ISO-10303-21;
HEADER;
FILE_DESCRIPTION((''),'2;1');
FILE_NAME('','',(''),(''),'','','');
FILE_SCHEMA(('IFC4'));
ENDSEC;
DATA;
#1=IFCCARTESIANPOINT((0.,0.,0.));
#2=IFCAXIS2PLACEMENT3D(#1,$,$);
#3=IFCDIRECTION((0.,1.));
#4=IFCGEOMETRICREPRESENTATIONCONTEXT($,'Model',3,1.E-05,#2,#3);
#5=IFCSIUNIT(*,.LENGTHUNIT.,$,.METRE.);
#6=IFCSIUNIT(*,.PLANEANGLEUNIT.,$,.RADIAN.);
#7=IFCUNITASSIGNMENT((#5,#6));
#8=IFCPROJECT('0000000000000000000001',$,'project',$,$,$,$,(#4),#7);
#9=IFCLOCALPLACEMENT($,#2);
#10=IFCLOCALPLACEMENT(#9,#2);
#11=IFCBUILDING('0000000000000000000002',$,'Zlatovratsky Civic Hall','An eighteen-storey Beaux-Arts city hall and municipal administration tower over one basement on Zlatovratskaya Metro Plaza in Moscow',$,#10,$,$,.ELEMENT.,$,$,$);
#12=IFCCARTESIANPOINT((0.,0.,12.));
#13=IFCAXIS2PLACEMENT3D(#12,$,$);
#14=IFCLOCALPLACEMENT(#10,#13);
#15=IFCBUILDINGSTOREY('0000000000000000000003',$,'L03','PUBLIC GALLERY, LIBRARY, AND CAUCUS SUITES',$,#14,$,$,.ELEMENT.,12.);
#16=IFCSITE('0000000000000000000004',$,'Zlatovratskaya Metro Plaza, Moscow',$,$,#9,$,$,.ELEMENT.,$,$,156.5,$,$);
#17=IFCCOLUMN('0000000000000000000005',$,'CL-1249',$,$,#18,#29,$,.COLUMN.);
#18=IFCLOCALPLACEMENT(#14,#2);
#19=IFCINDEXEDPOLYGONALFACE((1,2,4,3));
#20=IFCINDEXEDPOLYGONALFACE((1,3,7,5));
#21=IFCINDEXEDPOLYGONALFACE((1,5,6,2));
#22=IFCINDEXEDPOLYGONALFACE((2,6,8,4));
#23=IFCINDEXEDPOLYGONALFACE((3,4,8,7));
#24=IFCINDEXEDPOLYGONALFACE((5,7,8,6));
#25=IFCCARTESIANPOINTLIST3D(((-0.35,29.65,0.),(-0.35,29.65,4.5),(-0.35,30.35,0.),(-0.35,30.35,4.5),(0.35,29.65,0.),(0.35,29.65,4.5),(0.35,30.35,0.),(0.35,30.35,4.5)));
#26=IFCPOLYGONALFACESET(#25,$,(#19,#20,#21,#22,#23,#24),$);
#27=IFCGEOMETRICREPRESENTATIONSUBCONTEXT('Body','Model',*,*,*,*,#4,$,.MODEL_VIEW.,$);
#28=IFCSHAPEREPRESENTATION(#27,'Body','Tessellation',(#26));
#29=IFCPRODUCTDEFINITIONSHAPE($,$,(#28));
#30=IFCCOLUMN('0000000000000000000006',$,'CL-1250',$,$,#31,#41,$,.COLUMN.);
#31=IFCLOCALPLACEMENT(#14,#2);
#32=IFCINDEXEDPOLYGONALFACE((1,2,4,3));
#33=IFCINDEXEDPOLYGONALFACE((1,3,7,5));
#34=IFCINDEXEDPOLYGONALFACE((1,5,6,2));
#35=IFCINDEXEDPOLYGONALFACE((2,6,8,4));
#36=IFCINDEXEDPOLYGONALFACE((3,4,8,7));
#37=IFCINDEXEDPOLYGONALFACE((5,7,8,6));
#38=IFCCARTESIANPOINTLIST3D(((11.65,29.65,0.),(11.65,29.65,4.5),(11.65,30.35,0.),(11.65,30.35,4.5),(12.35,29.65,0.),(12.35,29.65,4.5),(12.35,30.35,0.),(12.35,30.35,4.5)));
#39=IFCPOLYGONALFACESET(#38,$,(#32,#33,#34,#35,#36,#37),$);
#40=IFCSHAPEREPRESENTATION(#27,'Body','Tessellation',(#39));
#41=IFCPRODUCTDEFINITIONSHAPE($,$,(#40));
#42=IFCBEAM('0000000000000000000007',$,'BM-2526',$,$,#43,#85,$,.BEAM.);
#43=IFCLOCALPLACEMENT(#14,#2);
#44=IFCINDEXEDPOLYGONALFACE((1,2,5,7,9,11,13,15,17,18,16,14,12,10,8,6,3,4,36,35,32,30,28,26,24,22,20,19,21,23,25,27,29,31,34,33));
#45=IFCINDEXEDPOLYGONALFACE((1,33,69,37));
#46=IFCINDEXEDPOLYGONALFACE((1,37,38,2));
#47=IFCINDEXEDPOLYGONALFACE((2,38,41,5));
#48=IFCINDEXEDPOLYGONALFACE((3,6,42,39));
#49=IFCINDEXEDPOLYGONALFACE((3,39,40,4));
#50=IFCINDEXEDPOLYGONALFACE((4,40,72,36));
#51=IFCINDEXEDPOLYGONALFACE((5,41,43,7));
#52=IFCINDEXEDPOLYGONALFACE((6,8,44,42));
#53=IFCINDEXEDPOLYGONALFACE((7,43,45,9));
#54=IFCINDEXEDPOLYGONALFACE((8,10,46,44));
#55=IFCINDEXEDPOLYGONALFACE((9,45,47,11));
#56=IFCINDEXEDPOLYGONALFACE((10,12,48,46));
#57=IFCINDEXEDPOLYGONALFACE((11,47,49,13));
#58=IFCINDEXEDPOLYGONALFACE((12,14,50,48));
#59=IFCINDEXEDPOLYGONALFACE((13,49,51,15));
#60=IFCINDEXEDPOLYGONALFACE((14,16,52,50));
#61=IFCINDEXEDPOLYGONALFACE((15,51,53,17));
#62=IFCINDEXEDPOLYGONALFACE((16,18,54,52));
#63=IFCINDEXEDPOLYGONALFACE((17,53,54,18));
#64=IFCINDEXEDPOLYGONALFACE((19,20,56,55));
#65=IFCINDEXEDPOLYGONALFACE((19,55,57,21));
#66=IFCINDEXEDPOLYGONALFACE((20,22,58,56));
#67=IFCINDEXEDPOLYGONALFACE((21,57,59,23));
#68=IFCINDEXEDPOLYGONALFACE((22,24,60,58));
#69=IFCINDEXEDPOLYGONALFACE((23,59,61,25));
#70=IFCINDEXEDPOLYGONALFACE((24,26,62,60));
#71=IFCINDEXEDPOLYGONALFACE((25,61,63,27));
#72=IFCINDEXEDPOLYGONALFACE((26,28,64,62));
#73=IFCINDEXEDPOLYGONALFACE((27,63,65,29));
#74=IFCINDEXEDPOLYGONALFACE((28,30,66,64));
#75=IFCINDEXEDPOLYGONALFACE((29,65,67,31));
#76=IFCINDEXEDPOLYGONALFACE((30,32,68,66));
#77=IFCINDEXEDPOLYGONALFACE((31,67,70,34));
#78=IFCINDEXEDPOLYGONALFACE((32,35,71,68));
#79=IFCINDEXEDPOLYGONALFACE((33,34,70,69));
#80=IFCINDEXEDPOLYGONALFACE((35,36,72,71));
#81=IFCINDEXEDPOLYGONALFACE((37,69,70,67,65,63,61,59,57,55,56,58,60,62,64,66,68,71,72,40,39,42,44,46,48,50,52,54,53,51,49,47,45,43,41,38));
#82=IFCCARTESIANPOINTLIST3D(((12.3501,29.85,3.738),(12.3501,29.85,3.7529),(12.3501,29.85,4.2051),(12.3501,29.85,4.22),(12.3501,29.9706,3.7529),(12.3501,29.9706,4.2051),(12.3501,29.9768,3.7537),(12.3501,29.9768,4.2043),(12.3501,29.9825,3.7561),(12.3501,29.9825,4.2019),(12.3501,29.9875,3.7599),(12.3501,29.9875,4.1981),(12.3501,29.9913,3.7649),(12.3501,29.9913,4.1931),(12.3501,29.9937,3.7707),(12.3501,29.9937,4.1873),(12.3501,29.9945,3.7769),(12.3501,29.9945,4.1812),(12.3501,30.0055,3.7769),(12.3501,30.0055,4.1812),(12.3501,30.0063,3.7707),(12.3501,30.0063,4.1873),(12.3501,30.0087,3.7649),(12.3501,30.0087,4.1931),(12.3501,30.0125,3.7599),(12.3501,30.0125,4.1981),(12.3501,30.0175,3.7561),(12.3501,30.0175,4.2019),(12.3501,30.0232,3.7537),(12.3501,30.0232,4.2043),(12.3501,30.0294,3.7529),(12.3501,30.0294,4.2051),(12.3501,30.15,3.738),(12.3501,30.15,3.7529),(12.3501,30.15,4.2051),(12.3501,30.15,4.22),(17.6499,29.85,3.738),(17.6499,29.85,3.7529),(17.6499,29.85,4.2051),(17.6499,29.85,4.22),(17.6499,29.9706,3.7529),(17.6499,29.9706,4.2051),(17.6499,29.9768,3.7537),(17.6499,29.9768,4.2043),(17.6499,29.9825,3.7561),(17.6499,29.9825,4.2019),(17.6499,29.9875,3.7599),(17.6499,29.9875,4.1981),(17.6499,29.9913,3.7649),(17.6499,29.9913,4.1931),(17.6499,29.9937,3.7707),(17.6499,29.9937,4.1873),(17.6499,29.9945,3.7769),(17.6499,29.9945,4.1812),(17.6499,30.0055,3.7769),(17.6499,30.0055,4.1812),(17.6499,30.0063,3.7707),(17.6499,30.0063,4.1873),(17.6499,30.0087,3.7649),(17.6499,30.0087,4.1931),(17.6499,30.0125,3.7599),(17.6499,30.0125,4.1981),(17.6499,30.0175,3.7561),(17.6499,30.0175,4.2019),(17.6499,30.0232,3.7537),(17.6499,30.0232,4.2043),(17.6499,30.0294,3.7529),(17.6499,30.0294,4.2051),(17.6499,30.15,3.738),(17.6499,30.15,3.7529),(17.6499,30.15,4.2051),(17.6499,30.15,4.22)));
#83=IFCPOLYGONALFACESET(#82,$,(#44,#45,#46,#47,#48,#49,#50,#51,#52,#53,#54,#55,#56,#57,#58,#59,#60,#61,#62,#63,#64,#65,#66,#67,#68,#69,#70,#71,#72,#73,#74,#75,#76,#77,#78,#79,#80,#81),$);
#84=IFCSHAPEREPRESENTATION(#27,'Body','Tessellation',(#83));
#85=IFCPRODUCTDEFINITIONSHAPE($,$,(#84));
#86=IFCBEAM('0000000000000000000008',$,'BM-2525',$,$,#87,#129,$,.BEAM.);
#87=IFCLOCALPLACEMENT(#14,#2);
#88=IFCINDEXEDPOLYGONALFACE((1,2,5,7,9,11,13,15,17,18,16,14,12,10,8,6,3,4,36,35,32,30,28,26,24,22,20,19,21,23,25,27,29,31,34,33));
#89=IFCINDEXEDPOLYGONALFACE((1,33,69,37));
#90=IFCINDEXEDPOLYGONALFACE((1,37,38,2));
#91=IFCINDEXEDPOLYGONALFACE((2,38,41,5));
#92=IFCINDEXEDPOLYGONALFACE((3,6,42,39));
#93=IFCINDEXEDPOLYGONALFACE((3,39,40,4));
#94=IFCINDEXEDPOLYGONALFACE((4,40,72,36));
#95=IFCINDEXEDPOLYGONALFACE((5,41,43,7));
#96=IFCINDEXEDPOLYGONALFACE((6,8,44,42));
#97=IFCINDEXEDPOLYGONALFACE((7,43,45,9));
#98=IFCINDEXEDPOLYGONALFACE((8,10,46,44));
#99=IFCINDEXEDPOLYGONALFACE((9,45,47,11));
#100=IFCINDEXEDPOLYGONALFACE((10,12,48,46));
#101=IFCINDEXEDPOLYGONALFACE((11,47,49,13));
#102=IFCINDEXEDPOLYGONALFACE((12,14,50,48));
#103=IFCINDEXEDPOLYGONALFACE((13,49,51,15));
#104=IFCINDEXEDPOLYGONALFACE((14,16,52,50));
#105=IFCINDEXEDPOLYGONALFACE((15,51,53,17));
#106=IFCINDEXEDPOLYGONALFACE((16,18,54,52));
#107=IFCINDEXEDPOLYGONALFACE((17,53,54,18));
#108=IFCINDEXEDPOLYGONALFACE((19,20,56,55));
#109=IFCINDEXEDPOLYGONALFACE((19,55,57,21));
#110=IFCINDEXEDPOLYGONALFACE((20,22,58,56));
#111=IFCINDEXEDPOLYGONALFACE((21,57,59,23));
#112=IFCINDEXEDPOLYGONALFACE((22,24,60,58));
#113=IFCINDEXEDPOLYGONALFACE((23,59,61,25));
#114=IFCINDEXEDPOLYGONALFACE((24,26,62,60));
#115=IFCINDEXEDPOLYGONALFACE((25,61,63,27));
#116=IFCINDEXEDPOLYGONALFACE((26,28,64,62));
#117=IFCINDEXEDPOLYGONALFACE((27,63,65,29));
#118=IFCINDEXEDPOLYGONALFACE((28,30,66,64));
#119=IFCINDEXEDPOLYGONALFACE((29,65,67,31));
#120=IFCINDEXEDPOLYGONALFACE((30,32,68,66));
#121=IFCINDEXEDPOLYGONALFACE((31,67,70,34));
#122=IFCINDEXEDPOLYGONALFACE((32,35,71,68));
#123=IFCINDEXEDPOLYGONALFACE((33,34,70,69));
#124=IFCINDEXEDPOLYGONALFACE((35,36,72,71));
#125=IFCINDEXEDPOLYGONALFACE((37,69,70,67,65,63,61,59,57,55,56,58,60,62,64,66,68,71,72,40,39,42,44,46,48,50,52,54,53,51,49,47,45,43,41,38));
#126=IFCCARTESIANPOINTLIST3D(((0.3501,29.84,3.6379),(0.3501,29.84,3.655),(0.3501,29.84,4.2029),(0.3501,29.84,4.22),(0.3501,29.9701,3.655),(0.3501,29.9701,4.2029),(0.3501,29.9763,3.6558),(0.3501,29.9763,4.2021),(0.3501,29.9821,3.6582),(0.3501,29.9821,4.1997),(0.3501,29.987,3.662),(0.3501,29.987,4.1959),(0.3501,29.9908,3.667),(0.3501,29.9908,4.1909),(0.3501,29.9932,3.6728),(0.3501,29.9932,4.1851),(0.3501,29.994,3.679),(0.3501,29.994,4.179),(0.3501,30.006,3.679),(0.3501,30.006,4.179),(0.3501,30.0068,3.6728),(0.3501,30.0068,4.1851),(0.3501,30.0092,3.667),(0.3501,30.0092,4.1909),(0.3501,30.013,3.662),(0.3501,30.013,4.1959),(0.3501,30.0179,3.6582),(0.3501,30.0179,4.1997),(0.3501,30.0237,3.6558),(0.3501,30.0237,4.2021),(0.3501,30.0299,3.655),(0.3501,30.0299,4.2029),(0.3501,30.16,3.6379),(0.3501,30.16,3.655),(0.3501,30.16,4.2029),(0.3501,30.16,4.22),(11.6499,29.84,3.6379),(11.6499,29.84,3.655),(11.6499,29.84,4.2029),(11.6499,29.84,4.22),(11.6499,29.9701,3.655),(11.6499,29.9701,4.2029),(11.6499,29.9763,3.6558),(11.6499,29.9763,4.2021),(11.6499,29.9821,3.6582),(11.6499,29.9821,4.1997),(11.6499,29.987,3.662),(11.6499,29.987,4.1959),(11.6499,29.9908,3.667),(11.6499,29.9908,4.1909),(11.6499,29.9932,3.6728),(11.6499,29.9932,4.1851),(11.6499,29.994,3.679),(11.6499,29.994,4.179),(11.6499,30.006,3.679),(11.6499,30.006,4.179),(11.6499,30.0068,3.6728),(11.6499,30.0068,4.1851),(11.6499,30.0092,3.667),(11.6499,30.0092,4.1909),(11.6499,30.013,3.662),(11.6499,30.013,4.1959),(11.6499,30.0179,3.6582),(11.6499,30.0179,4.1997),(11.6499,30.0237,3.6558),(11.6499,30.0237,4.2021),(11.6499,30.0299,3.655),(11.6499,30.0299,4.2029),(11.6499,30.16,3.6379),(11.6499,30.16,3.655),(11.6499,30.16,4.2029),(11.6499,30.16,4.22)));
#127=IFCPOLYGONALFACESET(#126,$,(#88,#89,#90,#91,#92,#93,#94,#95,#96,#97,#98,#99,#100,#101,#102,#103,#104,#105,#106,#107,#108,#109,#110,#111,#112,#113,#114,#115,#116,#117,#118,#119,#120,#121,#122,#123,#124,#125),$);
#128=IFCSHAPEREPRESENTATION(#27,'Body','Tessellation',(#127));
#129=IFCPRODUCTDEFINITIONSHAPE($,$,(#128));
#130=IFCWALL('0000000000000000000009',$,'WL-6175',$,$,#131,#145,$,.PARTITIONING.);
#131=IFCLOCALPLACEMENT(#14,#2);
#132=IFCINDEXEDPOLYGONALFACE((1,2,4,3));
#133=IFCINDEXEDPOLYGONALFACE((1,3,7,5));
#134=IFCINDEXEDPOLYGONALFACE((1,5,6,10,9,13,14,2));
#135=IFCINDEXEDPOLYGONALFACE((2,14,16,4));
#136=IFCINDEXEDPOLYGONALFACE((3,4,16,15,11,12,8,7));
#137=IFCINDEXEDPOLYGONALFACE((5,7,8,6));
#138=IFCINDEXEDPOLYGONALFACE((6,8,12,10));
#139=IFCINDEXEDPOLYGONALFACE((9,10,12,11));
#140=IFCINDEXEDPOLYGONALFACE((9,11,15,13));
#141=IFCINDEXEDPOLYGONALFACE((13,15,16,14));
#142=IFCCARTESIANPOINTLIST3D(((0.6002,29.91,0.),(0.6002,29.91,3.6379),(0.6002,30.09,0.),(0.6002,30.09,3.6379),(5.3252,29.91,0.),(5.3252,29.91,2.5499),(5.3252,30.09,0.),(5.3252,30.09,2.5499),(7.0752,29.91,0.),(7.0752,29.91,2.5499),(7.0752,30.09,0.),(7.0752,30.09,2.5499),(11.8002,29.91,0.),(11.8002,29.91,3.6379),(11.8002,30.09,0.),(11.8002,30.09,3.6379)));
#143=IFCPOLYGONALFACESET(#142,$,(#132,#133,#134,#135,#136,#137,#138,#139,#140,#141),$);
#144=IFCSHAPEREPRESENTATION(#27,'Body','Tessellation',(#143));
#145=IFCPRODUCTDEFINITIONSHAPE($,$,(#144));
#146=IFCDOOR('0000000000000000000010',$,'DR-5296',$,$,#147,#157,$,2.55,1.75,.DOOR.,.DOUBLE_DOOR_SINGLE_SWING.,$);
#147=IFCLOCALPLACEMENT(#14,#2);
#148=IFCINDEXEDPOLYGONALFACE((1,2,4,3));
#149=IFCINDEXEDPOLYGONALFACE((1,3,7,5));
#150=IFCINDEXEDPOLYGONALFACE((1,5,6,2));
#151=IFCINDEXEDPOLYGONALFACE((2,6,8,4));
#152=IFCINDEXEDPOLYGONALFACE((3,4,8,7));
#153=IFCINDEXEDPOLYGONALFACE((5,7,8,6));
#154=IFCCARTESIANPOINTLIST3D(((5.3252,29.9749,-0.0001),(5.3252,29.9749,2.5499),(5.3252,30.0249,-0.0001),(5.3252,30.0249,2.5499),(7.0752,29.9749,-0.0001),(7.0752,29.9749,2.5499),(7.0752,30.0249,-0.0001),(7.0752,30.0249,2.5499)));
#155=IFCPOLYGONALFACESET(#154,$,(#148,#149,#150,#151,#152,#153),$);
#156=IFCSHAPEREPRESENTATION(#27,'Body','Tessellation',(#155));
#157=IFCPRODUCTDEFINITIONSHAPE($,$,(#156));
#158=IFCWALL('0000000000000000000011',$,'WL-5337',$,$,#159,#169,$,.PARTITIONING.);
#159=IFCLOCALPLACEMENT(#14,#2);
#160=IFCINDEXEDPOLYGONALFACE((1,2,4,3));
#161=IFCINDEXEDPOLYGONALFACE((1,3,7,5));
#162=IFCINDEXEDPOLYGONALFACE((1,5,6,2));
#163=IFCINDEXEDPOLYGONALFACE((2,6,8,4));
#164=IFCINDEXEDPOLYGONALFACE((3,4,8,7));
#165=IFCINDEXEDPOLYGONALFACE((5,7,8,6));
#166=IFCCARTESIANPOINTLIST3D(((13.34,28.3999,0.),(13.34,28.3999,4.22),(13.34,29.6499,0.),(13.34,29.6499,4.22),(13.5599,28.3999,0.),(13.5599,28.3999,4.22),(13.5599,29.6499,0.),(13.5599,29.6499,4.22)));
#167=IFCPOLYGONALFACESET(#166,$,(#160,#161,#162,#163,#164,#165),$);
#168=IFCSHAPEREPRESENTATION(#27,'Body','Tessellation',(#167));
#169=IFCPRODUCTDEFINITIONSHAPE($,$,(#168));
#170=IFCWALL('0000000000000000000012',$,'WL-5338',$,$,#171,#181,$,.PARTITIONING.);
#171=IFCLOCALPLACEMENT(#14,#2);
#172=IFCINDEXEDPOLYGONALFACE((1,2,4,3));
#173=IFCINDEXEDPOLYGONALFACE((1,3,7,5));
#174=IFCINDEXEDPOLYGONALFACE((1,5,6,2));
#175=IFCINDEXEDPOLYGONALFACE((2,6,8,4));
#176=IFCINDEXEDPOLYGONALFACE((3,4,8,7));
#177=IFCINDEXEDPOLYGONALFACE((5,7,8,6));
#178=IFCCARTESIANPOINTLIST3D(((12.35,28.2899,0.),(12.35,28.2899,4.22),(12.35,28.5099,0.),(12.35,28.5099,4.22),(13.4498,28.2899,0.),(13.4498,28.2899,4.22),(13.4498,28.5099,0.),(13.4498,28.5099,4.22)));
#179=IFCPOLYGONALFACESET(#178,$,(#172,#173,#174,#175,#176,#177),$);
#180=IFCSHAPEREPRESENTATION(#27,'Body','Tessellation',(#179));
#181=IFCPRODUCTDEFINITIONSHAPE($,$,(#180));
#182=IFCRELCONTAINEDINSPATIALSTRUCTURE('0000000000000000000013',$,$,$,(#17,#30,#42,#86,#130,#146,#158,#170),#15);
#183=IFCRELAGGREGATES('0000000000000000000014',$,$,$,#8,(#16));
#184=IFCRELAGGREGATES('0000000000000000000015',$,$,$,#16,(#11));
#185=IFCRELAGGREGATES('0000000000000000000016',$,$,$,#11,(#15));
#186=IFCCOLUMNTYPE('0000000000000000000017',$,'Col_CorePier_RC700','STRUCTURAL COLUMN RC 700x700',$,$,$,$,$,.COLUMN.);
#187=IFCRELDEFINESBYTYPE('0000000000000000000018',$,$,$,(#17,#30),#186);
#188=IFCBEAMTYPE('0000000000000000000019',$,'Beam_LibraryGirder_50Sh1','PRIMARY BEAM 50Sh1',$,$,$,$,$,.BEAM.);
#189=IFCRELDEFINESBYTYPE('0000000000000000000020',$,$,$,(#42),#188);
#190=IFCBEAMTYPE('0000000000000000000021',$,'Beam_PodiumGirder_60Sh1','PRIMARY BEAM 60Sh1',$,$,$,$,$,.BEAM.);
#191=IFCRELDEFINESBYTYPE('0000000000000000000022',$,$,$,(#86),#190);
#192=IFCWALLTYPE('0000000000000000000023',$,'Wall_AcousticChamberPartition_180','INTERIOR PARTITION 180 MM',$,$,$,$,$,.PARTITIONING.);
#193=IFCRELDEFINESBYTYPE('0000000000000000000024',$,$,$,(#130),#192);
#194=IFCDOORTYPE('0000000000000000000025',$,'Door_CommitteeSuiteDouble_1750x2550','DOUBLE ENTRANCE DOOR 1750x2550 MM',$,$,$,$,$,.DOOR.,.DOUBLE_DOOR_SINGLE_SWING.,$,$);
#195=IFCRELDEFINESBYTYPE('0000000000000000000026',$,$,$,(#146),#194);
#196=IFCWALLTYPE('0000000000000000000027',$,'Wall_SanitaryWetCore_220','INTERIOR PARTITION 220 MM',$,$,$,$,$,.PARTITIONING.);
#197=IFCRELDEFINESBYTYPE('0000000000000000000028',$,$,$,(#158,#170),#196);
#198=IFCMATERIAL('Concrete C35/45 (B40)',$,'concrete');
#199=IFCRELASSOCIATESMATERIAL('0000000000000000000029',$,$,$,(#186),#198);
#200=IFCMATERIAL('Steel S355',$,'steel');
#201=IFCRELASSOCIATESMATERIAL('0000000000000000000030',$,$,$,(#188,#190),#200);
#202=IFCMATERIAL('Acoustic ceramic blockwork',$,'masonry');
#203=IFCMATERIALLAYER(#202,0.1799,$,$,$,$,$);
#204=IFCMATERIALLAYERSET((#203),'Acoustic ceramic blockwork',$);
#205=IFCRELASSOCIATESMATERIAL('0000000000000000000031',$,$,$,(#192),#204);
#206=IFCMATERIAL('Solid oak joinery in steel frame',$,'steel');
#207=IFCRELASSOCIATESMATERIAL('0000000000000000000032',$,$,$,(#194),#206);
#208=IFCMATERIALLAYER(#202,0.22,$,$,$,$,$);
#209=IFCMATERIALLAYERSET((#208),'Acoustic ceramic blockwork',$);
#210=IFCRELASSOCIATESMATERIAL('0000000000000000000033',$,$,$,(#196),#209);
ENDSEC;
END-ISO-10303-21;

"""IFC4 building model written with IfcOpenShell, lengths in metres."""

from ifc_helpers import new_model, si_unit, direction, frame, frame_2d, origin, origin_2d, place, context, subcontext, project, spatial, rectangle, i_section, extrude, material, layer, layer_set, material_profile, profile_set, type_object, element, fill, save


model = new_model("IFC4")

# Units and contexts
model_context = context("Model", 3, precision=1e-05, world=origin(), true_north=direction((0.0, 1.0)))
body_context = subcontext(model_context, "Body", "Model", "MODEL_VIEW")
ifc_project = project(units=[si_unit("LENGTHUNIT", "METRE"), si_unit("PLANEANGLEUNIT", "RADIAN")], contexts=[model_context])

# Site, building, storey
site_placement = place(None, origin())
site = spatial("IfcSite", under=ifc_project, at=site_placement, Name="Zlatovratskaya Metro Plaza, Moscow", CompositionType="ELEMENT", RefElevation=156.5)
building_placement = place(site_placement, origin())
building = spatial("IfcBuilding", under=site, at=building_placement, Name="Zlatovratsky Civic Hall", Description="An eighteen-storey Beaux-Arts city hall and municipal administration tower over one basement on Zlatovratskaya Metro Plaza in Moscow", CompositionType="ELEMENT")
storey_placement = place(building_placement, frame((0.0, 0.0, 12.0)))
storey = spatial("IfcBuildingStorey", under=building, at=storey_placement, Name="L03", Description="PUBLIC GALLERY, LIBRARY, AND CAUCUS SUITES", CompositionType="ELEMENT", Elevation=12.0)

# Columns
ifc_material_1 = material(Name="Concrete C35/45 (B40)", Category="concrete")
ifc_material_profile_1 = material_profile(ifc_material_1, rectangle(XDim=0.7, YDim=0.7, at=origin_2d()), Name="RC 700x700")
ifc_profile_set_1 = profile_set([ifc_material_profile_1], Name="Concrete C35/45 (B40)")
column_type = type_object("IfcColumnType", Name="Col_CorePier_RC700", Description="STRUCTURAL COLUMN RC 700x700", PredefinedType="COLUMN", material=ifc_profile_set_1)
for number, where, z_axis, x_axis, name in (
    (1, (0.0, 30.0, 0.0), (0.0, 0.0, 1.0), (1.0, 0.0, 0.0), "CL-1249"),
    (2, (12.0, 30.0, 0.0), (0.0, 0.0, 1.0), (1.0, 0.0, 0.0), "CL-1250"),
):
    element("IfcColumn", number, at=place(storey_placement, frame(where, z_axis=z_axis, x_axis=x_axis)), inside=storey, type_object=column_type, Name=name, PredefinedType="COLUMN", context=body_context, shape_type="SweptSolid", body=[
        extrude(rectangle(XDim=0.7, YDim=0.7, at=origin_2d()), origin(), (0.0, 0.0, 1.0), 4.5),
    ])

# Beams
ifc_material_2 = material(Name="Steel S355", Category="steel")
ifc_material_profile_2 = material_profile(ifc_material_2, i_section(OverallWidth=0.3, OverallDepth=0.4819, WebThickness=0.011, FlangeThickness=0.0149, FilletRadius=0.0239, at=origin_2d()), Name="50Sh1")
ifc_profile_set_2 = profile_set([ifc_material_profile_2], Name="Steel S355")
beam_type_1 = type_object("IfcBeamType", Name="Beam_LibraryGirder_50Sh1", Description="PRIMARY BEAM 50Sh1", PredefinedType="BEAM", material=ifc_profile_set_2)
beam_1_placement = place(storey_placement, frame((12.3501, 30.0, 3.979), z_axis=(1.0, 0.0, 0.0), x_axis=(0.0, 1.0, 0.0)))
element("IfcBeam", 3, at=beam_1_placement, inside=storey, type_object=beam_type_1, Name="BM-2526", PredefinedType="BEAM", context=body_context, shape_type="SweptSolid", body=[
    extrude(i_section(OverallWidth=0.3, OverallDepth=0.4819, WebThickness=0.011, FlangeThickness=0.0149, FilletRadius=0.0239, at=origin_2d()), origin(), (0.0, 0.0, 1.0), 5.2998),
])
ifc_material_profile_3 = material_profile(ifc_material_2, i_section(OverallWidth=0.3201, OverallDepth=0.582, WebThickness=0.012, FlangeThickness=0.0171, FilletRadius=0.0239, at=origin_2d()), Name="60Sh1")
ifc_profile_set_3 = profile_set([ifc_material_profile_3], Name="Steel S355")
beam_type_2 = type_object("IfcBeamType", Name="Beam_PodiumGirder_60Sh1", Description="PRIMARY BEAM 60Sh1", PredefinedType="BEAM", material=ifc_profile_set_3)
beam_2_placement = place(storey_placement, frame((0.3501, 30.0, 3.929), z_axis=(1.0, 0.0, 0.0), x_axis=(0.0, 1.0, 0.0)))
element("IfcBeam", 4, at=beam_2_placement, inside=storey, type_object=beam_type_2, Name="BM-2525", PredefinedType="BEAM", context=body_context, shape_type="SweptSolid", body=[
    extrude(i_section(OverallWidth=0.3201, OverallDepth=0.582, WebThickness=0.012, FlangeThickness=0.0171, FilletRadius=0.0239, at=origin_2d()), origin(), (0.0, 0.0, 1.0), 11.2998),
])

# Wall, opening, door
ifc_material_3 = material(Name="Acoustic ceramic blockwork", Category="masonry")
ifc_layer_1 = layer(ifc_material_3, 0.1799)
ifc_layer_set_1 = layer_set([ifc_layer_1], Name="Acoustic ceramic blockwork")
wall_type_1 = type_object("IfcWallType", Name="Wall_AcousticChamberPartition_180", Description="INTERIOR PARTITION 180 MM", PredefinedType="PARTITIONING", material=ifc_layer_set_1)
wall_1_placement = place(storey_placement, frame((0.6001, 30.0, 0.0), z_axis=(0.0, 0.0, 1.0), x_axis=(1.0, 0.0, 0.0)))
wall_1 = element("IfcWall", 5, at=wall_1_placement, inside=storey, type_object=wall_type_1, Name="WL-6175", PredefinedType="PARTITIONING", context=body_context, shape_type="SweptSolid", body=[
    extrude(rectangle(XDim=11.2, YDim=0.1799, at=frame_2d((5.6001, 0.0))), origin(), (0.0, 0.0, 1.0), 3.6379),
])
opening_placement = place(wall_1_placement, frame((4.7251, 0.0, 0.0)))
opening = element("IfcOpeningElement", 6, at=opening_placement, cuts=wall_1, PredefinedType="OPENING", context=body_context, shape_type="SweptSolid", body=[
    extrude(rectangle(XDim=1.75, YDim=2.55, at=frame_2d((0.875, 1.2749))), frame((0.0, 0.105, 0.0), z_axis=(0.0, -1.0, 0.0), x_axis=(1.0, 0.0, 0.0)), (0.0, 0.0, 1.0), 0.2097),
])
ifc_material_4 = material(Name="Solid oak joinery in steel frame", Category="steel")
door_type = type_object("IfcDoorType", Name="Door_CommitteeSuiteDouble_1750x2550", Description="DOUBLE ENTRANCE DOOR 1750x2550 MM", OperationType="DOUBLE_DOOR_SINGLE_SWING", PredefinedType="DOOR", material=ifc_material_4)
door_placement = place(opening_placement, origin())
door = element("IfcDoor", 7, at=door_placement, inside=storey, type_object=door_type, Name="DR-5296", OperationType="DOUBLE_DOOR_SINGLE_SWING", OverallHeight=2.55, OverallWidth=1.75, PredefinedType="DOOR", context=body_context, shape_type="SweptSolid", body=[
    extrude(rectangle(XDim=1.75, YDim=2.55, at=frame_2d((0.875, 1.2749))), frame((0.0, 0.0249, 0.0), z_axis=(0.0, -1.0, 0.0), x_axis=(1.0, 0.0, 0.0)), (0.0, 0.0, 1.0), 0.05),
])
fill(opening, door)

# Walls
ifc_layer_2 = layer(ifc_material_3, 0.22)
ifc_layer_set_2 = layer_set([ifc_layer_2], Name="Acoustic ceramic blockwork")
wall_type_2 = type_object("IfcWallType", Name="Wall_SanitaryWetCore_220", Description="INTERIOR PARTITION 220 MM", PredefinedType="PARTITIONING", material=ifc_layer_set_2)
wall_2_placement = place(storey_placement, frame((13.45, 28.3999, 0.0), z_axis=(0.0, 0.0, 1.0), x_axis=(0.0, 1.0, 0.0)))
element("IfcWall", 8, at=wall_2_placement, inside=storey, type_object=wall_type_2, Name="WL-5337", PredefinedType="PARTITIONING", context=body_context, shape_type="SweptSolid", body=[
    extrude(rectangle(XDim=1.25, YDim=0.22, at=frame_2d((0.625, 0.0))), origin(), (0.0, 0.0, 1.0), 4.22),
])
wall_3_placement = place(storey_placement, frame((12.3501, 28.3999, 0.0), z_axis=(0.0, 0.0, 1.0), x_axis=(1.0, 0.0, 0.0)))
element("IfcWall", 9, at=wall_3_placement, inside=storey, type_object=wall_type_2, Name="WL-5338", PredefinedType="PARTITIONING", context=body_context, shape_type="SweptSolid", body=[
    extrude(rectangle(XDim=1.0999, YDim=0.22, at=frame_2d((0.5498, 0.0))), origin(), (0.0, 0.0, 1.0), 4.22),
])

save(model, "model.ifc")
